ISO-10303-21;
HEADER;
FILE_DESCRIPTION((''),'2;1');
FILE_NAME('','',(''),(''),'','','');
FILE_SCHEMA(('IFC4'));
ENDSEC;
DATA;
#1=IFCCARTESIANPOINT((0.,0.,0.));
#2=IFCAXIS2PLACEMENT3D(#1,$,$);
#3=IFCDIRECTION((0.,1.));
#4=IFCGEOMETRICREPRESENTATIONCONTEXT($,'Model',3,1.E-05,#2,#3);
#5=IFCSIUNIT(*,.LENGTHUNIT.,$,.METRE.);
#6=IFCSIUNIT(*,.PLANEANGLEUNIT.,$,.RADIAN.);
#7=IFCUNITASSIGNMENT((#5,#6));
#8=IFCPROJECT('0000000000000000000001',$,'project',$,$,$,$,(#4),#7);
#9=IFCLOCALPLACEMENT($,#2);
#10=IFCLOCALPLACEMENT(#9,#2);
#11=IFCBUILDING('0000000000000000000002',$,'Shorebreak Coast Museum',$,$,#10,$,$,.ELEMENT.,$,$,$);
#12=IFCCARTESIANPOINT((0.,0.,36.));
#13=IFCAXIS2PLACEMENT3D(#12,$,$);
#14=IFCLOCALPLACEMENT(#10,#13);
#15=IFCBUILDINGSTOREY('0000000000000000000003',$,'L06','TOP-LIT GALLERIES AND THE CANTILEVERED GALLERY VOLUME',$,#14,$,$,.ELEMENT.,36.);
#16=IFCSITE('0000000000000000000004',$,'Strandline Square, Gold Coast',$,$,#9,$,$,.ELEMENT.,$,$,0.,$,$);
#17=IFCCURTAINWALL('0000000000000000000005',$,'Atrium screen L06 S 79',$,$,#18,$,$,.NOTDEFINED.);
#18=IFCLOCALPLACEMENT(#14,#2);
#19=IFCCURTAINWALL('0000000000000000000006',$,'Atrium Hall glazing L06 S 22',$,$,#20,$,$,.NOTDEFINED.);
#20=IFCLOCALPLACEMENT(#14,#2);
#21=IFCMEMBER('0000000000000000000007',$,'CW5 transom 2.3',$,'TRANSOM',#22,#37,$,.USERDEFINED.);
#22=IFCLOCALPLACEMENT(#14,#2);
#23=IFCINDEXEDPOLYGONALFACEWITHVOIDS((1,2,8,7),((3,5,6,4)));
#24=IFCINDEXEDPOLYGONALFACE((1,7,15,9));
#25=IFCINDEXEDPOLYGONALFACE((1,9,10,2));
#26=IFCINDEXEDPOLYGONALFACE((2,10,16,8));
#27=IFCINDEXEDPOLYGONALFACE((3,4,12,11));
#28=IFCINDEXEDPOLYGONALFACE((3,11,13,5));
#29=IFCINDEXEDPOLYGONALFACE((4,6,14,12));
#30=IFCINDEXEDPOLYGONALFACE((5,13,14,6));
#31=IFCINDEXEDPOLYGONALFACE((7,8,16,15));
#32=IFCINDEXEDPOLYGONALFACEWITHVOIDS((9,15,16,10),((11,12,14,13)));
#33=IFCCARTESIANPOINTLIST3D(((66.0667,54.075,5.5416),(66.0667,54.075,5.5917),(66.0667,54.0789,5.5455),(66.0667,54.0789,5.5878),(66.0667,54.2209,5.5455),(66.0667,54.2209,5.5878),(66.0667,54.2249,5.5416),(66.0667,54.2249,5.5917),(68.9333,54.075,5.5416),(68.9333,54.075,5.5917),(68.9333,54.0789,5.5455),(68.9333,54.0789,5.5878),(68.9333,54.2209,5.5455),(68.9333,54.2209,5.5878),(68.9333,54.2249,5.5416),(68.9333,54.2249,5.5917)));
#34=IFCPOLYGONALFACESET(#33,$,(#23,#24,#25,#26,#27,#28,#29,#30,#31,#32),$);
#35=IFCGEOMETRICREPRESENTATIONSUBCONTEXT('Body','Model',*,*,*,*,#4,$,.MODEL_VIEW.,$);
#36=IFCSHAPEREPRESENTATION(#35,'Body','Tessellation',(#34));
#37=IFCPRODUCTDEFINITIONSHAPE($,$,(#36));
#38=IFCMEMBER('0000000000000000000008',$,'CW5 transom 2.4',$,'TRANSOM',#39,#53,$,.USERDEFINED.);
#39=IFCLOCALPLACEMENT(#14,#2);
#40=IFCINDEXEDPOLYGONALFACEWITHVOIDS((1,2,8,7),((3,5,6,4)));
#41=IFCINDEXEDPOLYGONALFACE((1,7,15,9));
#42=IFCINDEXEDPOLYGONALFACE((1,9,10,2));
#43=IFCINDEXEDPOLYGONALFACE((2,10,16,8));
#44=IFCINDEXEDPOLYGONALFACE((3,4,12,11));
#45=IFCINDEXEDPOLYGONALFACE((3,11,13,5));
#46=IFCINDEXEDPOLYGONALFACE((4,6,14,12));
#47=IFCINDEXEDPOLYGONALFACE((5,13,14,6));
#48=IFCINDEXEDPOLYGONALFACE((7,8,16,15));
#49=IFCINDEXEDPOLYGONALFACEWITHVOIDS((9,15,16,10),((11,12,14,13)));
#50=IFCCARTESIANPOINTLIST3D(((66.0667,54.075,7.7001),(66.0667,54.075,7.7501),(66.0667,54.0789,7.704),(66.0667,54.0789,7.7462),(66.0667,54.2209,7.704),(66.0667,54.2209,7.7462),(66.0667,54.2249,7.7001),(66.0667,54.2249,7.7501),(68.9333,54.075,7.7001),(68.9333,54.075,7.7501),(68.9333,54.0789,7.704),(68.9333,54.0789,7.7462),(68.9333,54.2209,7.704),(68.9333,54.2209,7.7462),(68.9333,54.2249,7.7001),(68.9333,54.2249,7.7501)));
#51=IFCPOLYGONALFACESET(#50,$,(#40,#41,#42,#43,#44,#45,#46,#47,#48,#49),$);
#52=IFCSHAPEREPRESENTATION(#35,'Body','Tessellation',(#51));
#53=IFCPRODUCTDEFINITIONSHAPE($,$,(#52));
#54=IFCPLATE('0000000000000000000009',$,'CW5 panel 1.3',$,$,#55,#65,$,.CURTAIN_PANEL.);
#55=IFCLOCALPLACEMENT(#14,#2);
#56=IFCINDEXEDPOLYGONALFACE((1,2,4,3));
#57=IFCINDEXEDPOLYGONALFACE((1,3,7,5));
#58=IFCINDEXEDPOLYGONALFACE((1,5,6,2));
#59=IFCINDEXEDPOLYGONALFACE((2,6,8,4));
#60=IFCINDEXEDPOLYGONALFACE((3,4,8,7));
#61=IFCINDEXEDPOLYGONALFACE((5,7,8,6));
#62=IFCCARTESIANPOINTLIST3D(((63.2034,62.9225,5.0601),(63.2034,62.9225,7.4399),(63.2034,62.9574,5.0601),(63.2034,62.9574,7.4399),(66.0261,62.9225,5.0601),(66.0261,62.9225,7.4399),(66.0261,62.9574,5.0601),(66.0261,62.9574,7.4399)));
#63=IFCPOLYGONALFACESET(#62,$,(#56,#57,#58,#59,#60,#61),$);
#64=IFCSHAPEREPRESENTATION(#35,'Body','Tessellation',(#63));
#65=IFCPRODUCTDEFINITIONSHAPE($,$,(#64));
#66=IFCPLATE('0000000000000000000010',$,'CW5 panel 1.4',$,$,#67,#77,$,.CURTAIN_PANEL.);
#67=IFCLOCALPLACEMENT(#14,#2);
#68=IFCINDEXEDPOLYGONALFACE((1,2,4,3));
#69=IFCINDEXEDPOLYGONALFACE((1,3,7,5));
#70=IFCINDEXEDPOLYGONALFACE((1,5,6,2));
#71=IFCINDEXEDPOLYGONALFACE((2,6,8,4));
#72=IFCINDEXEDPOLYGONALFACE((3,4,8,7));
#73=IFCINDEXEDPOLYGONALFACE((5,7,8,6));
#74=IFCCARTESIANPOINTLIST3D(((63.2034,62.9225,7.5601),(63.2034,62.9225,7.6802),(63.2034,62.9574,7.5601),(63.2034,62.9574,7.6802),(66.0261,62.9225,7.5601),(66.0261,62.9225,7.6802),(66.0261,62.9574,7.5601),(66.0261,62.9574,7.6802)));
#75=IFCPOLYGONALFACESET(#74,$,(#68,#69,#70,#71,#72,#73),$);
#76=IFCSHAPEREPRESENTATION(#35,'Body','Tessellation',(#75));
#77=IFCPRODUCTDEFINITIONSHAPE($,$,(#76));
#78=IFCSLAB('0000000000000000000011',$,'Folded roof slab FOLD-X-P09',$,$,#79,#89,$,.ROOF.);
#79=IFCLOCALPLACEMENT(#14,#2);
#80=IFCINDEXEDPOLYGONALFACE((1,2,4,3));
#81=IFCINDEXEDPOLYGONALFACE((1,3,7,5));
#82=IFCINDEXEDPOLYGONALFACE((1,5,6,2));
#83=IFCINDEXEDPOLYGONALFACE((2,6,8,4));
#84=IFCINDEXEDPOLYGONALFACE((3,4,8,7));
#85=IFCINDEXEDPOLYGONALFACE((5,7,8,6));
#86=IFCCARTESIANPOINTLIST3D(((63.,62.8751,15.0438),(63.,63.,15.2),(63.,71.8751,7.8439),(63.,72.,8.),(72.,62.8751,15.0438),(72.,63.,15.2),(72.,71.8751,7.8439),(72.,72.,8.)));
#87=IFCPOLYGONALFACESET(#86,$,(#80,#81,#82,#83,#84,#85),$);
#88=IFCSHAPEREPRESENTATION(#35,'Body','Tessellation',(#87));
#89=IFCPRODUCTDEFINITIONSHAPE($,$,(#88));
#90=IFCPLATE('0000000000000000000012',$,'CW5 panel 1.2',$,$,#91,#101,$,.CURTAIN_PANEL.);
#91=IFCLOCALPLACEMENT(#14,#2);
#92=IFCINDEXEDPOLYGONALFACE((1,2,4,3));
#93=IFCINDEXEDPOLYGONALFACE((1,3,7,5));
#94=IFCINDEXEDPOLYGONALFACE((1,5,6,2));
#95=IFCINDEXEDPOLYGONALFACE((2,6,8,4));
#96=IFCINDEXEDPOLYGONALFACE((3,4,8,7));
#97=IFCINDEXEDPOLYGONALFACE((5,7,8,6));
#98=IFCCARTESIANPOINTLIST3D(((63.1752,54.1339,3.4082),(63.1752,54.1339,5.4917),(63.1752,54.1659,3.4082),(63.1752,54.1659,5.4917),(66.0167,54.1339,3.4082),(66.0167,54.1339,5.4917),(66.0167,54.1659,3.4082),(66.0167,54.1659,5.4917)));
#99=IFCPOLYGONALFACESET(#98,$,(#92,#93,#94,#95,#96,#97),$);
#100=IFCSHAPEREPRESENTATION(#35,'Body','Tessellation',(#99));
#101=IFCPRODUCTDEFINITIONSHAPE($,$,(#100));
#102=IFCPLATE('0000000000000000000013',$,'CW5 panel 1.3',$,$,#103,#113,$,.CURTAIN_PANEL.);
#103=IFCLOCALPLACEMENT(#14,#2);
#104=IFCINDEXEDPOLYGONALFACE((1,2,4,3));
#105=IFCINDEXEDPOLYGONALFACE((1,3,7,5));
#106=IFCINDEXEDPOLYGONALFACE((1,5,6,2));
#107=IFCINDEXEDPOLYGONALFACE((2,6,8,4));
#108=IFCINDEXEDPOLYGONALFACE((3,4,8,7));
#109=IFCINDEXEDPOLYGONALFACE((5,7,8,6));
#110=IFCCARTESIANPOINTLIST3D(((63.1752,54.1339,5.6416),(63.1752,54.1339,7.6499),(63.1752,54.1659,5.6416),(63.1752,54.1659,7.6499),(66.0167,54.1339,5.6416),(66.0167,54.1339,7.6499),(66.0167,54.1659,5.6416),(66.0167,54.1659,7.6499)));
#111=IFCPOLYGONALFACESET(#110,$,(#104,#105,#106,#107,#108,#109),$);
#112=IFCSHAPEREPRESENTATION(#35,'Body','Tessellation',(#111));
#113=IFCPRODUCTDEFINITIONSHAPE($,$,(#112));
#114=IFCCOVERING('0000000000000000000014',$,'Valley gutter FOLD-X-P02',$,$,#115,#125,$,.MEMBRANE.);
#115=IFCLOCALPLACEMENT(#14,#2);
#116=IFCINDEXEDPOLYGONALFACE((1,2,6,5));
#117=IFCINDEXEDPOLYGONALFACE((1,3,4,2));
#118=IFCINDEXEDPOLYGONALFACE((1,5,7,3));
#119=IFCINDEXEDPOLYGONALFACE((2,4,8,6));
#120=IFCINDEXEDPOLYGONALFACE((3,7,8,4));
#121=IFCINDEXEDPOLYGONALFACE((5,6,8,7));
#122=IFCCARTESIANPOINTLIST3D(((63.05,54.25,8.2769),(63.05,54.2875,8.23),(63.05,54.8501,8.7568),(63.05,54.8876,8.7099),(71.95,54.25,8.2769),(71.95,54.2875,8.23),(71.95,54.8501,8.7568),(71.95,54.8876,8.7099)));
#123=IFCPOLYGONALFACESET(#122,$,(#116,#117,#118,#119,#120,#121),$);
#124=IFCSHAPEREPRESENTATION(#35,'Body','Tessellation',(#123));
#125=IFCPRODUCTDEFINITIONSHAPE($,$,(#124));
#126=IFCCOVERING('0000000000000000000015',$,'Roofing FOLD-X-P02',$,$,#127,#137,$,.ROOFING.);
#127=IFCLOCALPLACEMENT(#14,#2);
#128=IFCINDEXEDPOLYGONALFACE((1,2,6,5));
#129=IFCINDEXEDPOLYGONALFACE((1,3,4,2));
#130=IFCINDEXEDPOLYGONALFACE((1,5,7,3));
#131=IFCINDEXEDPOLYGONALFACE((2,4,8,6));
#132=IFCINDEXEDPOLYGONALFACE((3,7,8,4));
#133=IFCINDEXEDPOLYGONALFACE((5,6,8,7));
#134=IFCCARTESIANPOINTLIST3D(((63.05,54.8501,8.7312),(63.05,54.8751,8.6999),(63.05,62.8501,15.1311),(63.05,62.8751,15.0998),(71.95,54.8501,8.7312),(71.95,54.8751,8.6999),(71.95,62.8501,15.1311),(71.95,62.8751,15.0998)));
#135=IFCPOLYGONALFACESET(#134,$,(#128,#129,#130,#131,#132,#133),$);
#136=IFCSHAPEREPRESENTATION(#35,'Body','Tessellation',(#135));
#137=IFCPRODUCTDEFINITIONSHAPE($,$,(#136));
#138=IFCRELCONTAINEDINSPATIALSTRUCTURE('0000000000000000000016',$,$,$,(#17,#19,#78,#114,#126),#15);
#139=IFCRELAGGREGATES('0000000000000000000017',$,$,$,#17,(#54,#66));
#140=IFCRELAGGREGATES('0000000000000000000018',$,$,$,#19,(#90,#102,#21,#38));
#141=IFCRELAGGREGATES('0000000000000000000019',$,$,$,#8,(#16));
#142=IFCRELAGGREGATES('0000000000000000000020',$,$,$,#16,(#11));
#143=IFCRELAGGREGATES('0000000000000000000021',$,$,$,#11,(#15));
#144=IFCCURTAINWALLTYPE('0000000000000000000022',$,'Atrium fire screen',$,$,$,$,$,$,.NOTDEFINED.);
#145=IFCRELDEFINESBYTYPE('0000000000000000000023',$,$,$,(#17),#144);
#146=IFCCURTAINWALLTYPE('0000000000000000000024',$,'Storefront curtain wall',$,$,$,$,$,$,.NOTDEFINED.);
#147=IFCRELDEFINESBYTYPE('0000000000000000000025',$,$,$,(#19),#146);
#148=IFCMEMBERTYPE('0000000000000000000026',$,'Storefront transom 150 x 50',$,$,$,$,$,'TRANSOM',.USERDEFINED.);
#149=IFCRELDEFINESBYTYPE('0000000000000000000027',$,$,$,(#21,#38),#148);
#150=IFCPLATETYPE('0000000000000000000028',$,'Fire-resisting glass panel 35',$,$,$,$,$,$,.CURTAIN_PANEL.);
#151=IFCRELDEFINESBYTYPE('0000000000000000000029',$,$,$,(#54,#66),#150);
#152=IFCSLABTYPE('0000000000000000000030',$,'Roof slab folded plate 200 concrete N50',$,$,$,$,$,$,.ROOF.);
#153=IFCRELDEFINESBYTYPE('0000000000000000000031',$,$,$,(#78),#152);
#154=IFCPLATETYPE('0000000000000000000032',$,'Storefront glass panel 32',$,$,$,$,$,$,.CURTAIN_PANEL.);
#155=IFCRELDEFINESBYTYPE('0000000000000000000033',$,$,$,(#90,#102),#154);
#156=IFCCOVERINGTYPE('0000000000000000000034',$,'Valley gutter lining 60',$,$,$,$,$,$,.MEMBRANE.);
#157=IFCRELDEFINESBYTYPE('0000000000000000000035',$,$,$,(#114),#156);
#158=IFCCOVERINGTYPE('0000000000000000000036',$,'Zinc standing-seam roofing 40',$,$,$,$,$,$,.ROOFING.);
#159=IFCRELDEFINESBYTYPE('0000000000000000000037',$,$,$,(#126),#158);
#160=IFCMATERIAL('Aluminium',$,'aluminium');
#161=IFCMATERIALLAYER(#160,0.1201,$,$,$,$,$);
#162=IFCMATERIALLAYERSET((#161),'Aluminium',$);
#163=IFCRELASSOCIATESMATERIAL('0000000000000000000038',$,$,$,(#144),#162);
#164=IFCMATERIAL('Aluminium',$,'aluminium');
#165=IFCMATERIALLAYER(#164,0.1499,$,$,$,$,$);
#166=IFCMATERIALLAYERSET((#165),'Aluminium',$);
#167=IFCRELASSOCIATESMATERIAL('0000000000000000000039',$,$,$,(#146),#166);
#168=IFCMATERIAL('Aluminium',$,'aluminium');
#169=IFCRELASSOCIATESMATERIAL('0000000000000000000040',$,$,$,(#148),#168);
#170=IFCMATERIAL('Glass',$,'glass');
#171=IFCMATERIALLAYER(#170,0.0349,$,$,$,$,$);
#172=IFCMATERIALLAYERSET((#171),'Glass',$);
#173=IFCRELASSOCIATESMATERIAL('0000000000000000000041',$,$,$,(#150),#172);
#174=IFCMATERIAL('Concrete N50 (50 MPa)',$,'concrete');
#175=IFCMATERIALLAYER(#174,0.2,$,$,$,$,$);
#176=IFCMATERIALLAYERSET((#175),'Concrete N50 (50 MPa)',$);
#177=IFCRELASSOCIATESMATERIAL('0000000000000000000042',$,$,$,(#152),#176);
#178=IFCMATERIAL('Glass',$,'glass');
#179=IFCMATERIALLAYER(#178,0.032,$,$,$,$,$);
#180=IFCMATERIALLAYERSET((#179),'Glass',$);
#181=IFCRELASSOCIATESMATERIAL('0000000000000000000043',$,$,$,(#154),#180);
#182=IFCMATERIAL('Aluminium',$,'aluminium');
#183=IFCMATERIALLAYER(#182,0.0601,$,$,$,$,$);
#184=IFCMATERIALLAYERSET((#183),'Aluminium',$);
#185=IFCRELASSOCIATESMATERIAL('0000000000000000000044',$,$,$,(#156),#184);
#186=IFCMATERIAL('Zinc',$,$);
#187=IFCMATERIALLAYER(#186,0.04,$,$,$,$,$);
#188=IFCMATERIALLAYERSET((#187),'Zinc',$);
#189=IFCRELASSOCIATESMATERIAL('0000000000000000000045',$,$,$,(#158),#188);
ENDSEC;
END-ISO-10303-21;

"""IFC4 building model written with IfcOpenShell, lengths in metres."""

from ifc_helpers import new_model, si_unit, direction, frame, origin, origin_2d, place, context, subcontext, project, spatial, polyline, rectangle, hollow_rectangle, outline, extrude, material, layer, layer_set, material_profile, profile_set, type_object, element, aggregate, save


model = new_model("IFC4")

# Units and contexts
model_context = context("Model", 3, precision=1e-05, world=origin(), true_north=direction((0.0, 1.0)))
body_context = subcontext(model_context, "Body", "Model", "MODEL_VIEW")
ifc_project = project(units=[si_unit("LENGTHUNIT", "METRE"), si_unit("PLANEANGLEUNIT", "RADIAN")], contexts=[model_context])

# Site, building, storey
site_placement = place(None, origin())
site = spatial("IfcSite", under=ifc_project, at=site_placement, Name="Strandline Square, Gold Coast", CompositionType="ELEMENT", RefElevation=0.0)
building_placement = place(site_placement, origin())
building = spatial("IfcBuilding", under=site, at=building_placement, Name="Shorebreak Coast Museum", CompositionType="ELEMENT")
storey_placement = place(building_placement, frame((0.0, 0.0, 36.0)))
storey = spatial("IfcBuildingStorey", under=building, at=storey_placement, Name="L06", Description="TOP-LIT GALLERIES AND THE CANTILEVERED GALLERY VOLUME", CompositionType="ELEMENT", Elevation=36.0)

# Curtain walls, members
ifc_material_1 = material(Name="Aluminium", Category="aluminium")
ifc_layer_1 = layer(ifc_material_1, 0.1201)
ifc_layer_set_1 = layer_set([ifc_layer_1], Name="Aluminium")
curtain_wall_type_1 = type_object("IfcCurtainWallType", Name="Atrium fire screen", PredefinedType="NOTDEFINED", material=ifc_layer_set_1)
curtain_wall_1_placement = place(storey_placement, origin())
curtain_wall_1 = element("IfcCurtainWall", 1, at=curtain_wall_1_placement, inside=storey, type_object=curtain_wall_type_1, Name="Atrium screen L06 S 79", PredefinedType="NOTDEFINED")
ifc_material_2 = material(Name="Aluminium", Category="aluminium")
ifc_layer_2 = layer(ifc_material_2, 0.1499)
ifc_layer_set_2 = layer_set([ifc_layer_2], Name="Aluminium")
curtain_wall_type_2 = type_object("IfcCurtainWallType", Name="Storefront curtain wall", PredefinedType="NOTDEFINED", material=ifc_layer_set_2)
curtain_wall_2_placement = place(storey_placement, origin())
curtain_wall_2 = element("IfcCurtainWall", 2, at=curtain_wall_2_placement, inside=storey, type_object=curtain_wall_type_2, Name="Atrium Hall glazing L06 S 22", PredefinedType="NOTDEFINED")
ifc_material_3 = material(Name="Aluminium", Category="aluminium")
ifc_material_profile_1 = material_profile(ifc_material_3, hollow_rectangle(XDim=0.1499, YDim=0.05, WallThickness=0.0039, at=origin_2d()), Name="AL 50x150 RHS")
ifc_profile_set_1 = profile_set([ifc_material_profile_1], Name="Aluminium")
member_type_1 = type_object("IfcMemberType", Name="Storefront transom 150 x 50", ElementType="TRANSOM", PredefinedType="USERDEFINED", material=ifc_profile_set_1)
member_1_placement = place(storey_placement, frame((66.0667, 54.1499, 5.5667), z_axis=(1.0, 0.0, 0.0), x_axis=(0.0, 1.0, 0.0)))
member_1 = element("IfcMember", 3, at=member_1_placement, type_object=member_type_1, Name="CW5 transom 2.3", ObjectType="TRANSOM", PredefinedType="USERDEFINED", context=body_context, shape_type="SweptSolid", body=[
    extrude(hollow_rectangle(XDim=0.1499, YDim=0.05, WallThickness=0.0039, at=origin_2d()), origin(), (0.0, 0.0, 1.0), 2.8667),
])
member_2_placement = place(storey_placement, frame((66.0667, 54.1499, 7.7251), z_axis=(1.0, 0.0, 0.0), x_axis=(0.0, 1.0, 0.0)))
member_2 = element("IfcMember", 4, at=member_2_placement, type_object=member_type_1, Name="CW5 transom 2.4", ObjectType="TRANSOM", PredefinedType="USERDEFINED", context=body_context, shape_type="SweptSolid", body=[
    extrude(hollow_rectangle(XDim=0.1499, YDim=0.05, WallThickness=0.0039, at=origin_2d()), origin(), (0.0, 0.0, 1.0), 2.8667),
])

# Plates
ifc_material_4 = material(Name="Glass", Category="glass")
ifc_layer_3 = layer(ifc_material_4, 0.0349)
ifc_layer_set_3 = layer_set([ifc_layer_3], Name="Glass")
plate_type_1 = type_object("IfcPlateType", Name="Fire-resisting glass panel 35", PredefinedType="CURTAIN_PANEL", material=ifc_layer_set_3)
plate_1_placement = place(storey_placement, frame((64.6147, 62.9399, 5.0601), z_axis=(0.0, 0.0, 1.0), x_axis=(1.0, 0.0, 0.0)))
plate_1 = element("IfcPlate", 5, at=plate_1_placement, type_object=plate_type_1, Name="CW5 panel 1.3", PredefinedType="CURTAIN_PANEL", context=body_context, shape_type="SweptSolid", body=[
    extrude(rectangle(XDim=2.8228, YDim=0.0349, at=origin_2d()), origin(), (0.0, 0.0, 1.0), 2.3799),
])
plate_2_placement = place(storey_placement, frame((64.6147, 62.9399, 7.5601), z_axis=(0.0, 0.0, 1.0), x_axis=(1.0, 0.0, 0.0)))
plate_2 = element("IfcPlate", 6, at=plate_2_placement, type_object=plate_type_1, Name="CW5 panel 1.4", PredefinedType="CURTAIN_PANEL", context=body_context, shape_type="SweptSolid", body=[
    extrude(rectangle(XDim=2.8228, YDim=0.0349, at=origin_2d()), origin(), (0.0, 0.0, 1.0), 0.1201),
])
aggregate(curtain_wall_1, [plate_1, plate_2])

# Slab
ifc_material_5 = material(Name="Concrete N50 (50 MPa)", Category="concrete")
ifc_layer_4 = layer(ifc_material_5, 0.2)
ifc_layer_set_4 = layer_set([ifc_layer_4], Name="Concrete N50 (50 MPa)")
slab_type = type_object("IfcSlabType", Name="Roof slab folded plate 200 concrete N50", PredefinedType="ROOF", material=ifc_layer_set_4)
slab_placement = place(storey_placement, frame((63.0, 63.0, 15.2), z_axis=(0.0, 0.624692, 0.780871), x_axis=(1.0, 0.0, 0.0)))
element("IfcSlab", 7, at=slab_placement, inside=storey, type_object=slab_type, Name="Folded roof slab FOLD-X-P09", PredefinedType="ROOF", context=body_context, shape_type="SweptSolid", body=[
    extrude(outline(polyline([(0.0, 0.0), (9.0, 0.0), (9.0, 11.5256), (0.0, 11.5256), (0.0, 0.0)])), origin(), (0.0, 0.0, -1.0), 0.2),
])

# Plates
ifc_material_6 = material(Name="Glass", Category="glass")
ifc_layer_5 = layer(ifc_material_6, 0.032)
ifc_layer_set_5 = layer_set([ifc_layer_5], Name="Glass")
plate_type_2 = type_object("IfcPlateType", Name="Storefront glass panel 32", PredefinedType="CURTAIN_PANEL", material=ifc_layer_set_5)
plate_3_placement = place(storey_placement, frame((64.5959, 54.1499, 3.4082), z_axis=(0.0, 0.0, 1.0), x_axis=(1.0, 0.0, 0.0)))
plate_3 = element("IfcPlate", 8, at=plate_3_placement, type_object=plate_type_2, Name="CW5 panel 1.2", PredefinedType="CURTAIN_PANEL", context=body_context, shape_type="SweptSolid", body=[
    extrude(rectangle(XDim=2.8416, YDim=0.032, at=origin_2d()), origin(), (0.0, 0.0, 1.0), 2.0835),
])
plate_4_placement = place(storey_placement, frame((64.5959, 54.1499, 5.6416), z_axis=(0.0, 0.0, 1.0), x_axis=(1.0, 0.0, 0.0)))
plate_4 = element("IfcPlate", 9, at=plate_4_placement, type_object=plate_type_2, Name="CW5 panel 1.3", PredefinedType="CURTAIN_PANEL", context=body_context, shape_type="SweptSolid", body=[
    extrude(rectangle(XDim=2.8416, YDim=0.032, at=origin_2d()), origin(), (0.0, 0.0, 1.0), 2.0083),
])
aggregate(curtain_wall_2, [plate_3, plate_4, member_1, member_2])

# Coverings
ifc_material_7 = material(Name="Aluminium", Category="aluminium")
ifc_layer_6 = layer(ifc_material_7, 0.0601)
ifc_layer_set_6 = layer_set([ifc_layer_6], Name="Aluminium")
covering_type_1 = type_object("IfcCoveringType", Name="Valley gutter lining 60", PredefinedType="MEMBRANE", material=ifc_layer_set_6)
covering_1_placement = place(storey_placement, frame((63.05, 54.25, 8.2769), z_axis=(0.0, -0.624618, 0.780931), x_axis=(1.0, 0.0, 0.0)))
element("IfcCovering", 10, at=covering_1_placement, inside=storey, type_object=covering_type_1, Name="Valley gutter FOLD-X-P02", PredefinedType="MEMBRANE", context=body_context, shape_type="SweptSolid", body=[
    extrude(outline(polyline([(0.0, 0.0), (8.8999, 0.0), (8.8999, 0.7684), (0.0, 0.7684), (0.0, 0.0)])), origin(), (0.0, 0.0, -1.0), 0.0601),
])
ifc_material_8 = material(Name="Zinc")
ifc_layer_7 = layer(ifc_material_8, 0.04)
ifc_layer_set_7 = layer_set([ifc_layer_7], Name="Zinc")
covering_type_2 = type_object("IfcCoveringType", Name="Zinc standing-seam roofing 40", PredefinedType="ROOFING", material=ifc_layer_set_7)
covering_2_placement = place(storey_placement, frame((63.05, 54.8501, 8.7312), z_axis=(0.0, -0.624689, 0.780873), x_axis=(1.0, 0.0, 0.0)))
element("IfcCovering", 11, at=covering_2_placement, inside=storey, type_object=covering_type_2, Name="Roofing FOLD-X-P02", PredefinedType="ROOFING", context=body_context, shape_type="SweptSolid", body=[
    extrude(outline(polyline([(0.0, 0.0), (8.8999, 0.0), (8.8999, 10.2449), (0.0, 10.2449), (0.0, 0.0)])), origin(), (0.0, 0.0, -1.0), 0.04),
])

save(model, "model.ifc")
